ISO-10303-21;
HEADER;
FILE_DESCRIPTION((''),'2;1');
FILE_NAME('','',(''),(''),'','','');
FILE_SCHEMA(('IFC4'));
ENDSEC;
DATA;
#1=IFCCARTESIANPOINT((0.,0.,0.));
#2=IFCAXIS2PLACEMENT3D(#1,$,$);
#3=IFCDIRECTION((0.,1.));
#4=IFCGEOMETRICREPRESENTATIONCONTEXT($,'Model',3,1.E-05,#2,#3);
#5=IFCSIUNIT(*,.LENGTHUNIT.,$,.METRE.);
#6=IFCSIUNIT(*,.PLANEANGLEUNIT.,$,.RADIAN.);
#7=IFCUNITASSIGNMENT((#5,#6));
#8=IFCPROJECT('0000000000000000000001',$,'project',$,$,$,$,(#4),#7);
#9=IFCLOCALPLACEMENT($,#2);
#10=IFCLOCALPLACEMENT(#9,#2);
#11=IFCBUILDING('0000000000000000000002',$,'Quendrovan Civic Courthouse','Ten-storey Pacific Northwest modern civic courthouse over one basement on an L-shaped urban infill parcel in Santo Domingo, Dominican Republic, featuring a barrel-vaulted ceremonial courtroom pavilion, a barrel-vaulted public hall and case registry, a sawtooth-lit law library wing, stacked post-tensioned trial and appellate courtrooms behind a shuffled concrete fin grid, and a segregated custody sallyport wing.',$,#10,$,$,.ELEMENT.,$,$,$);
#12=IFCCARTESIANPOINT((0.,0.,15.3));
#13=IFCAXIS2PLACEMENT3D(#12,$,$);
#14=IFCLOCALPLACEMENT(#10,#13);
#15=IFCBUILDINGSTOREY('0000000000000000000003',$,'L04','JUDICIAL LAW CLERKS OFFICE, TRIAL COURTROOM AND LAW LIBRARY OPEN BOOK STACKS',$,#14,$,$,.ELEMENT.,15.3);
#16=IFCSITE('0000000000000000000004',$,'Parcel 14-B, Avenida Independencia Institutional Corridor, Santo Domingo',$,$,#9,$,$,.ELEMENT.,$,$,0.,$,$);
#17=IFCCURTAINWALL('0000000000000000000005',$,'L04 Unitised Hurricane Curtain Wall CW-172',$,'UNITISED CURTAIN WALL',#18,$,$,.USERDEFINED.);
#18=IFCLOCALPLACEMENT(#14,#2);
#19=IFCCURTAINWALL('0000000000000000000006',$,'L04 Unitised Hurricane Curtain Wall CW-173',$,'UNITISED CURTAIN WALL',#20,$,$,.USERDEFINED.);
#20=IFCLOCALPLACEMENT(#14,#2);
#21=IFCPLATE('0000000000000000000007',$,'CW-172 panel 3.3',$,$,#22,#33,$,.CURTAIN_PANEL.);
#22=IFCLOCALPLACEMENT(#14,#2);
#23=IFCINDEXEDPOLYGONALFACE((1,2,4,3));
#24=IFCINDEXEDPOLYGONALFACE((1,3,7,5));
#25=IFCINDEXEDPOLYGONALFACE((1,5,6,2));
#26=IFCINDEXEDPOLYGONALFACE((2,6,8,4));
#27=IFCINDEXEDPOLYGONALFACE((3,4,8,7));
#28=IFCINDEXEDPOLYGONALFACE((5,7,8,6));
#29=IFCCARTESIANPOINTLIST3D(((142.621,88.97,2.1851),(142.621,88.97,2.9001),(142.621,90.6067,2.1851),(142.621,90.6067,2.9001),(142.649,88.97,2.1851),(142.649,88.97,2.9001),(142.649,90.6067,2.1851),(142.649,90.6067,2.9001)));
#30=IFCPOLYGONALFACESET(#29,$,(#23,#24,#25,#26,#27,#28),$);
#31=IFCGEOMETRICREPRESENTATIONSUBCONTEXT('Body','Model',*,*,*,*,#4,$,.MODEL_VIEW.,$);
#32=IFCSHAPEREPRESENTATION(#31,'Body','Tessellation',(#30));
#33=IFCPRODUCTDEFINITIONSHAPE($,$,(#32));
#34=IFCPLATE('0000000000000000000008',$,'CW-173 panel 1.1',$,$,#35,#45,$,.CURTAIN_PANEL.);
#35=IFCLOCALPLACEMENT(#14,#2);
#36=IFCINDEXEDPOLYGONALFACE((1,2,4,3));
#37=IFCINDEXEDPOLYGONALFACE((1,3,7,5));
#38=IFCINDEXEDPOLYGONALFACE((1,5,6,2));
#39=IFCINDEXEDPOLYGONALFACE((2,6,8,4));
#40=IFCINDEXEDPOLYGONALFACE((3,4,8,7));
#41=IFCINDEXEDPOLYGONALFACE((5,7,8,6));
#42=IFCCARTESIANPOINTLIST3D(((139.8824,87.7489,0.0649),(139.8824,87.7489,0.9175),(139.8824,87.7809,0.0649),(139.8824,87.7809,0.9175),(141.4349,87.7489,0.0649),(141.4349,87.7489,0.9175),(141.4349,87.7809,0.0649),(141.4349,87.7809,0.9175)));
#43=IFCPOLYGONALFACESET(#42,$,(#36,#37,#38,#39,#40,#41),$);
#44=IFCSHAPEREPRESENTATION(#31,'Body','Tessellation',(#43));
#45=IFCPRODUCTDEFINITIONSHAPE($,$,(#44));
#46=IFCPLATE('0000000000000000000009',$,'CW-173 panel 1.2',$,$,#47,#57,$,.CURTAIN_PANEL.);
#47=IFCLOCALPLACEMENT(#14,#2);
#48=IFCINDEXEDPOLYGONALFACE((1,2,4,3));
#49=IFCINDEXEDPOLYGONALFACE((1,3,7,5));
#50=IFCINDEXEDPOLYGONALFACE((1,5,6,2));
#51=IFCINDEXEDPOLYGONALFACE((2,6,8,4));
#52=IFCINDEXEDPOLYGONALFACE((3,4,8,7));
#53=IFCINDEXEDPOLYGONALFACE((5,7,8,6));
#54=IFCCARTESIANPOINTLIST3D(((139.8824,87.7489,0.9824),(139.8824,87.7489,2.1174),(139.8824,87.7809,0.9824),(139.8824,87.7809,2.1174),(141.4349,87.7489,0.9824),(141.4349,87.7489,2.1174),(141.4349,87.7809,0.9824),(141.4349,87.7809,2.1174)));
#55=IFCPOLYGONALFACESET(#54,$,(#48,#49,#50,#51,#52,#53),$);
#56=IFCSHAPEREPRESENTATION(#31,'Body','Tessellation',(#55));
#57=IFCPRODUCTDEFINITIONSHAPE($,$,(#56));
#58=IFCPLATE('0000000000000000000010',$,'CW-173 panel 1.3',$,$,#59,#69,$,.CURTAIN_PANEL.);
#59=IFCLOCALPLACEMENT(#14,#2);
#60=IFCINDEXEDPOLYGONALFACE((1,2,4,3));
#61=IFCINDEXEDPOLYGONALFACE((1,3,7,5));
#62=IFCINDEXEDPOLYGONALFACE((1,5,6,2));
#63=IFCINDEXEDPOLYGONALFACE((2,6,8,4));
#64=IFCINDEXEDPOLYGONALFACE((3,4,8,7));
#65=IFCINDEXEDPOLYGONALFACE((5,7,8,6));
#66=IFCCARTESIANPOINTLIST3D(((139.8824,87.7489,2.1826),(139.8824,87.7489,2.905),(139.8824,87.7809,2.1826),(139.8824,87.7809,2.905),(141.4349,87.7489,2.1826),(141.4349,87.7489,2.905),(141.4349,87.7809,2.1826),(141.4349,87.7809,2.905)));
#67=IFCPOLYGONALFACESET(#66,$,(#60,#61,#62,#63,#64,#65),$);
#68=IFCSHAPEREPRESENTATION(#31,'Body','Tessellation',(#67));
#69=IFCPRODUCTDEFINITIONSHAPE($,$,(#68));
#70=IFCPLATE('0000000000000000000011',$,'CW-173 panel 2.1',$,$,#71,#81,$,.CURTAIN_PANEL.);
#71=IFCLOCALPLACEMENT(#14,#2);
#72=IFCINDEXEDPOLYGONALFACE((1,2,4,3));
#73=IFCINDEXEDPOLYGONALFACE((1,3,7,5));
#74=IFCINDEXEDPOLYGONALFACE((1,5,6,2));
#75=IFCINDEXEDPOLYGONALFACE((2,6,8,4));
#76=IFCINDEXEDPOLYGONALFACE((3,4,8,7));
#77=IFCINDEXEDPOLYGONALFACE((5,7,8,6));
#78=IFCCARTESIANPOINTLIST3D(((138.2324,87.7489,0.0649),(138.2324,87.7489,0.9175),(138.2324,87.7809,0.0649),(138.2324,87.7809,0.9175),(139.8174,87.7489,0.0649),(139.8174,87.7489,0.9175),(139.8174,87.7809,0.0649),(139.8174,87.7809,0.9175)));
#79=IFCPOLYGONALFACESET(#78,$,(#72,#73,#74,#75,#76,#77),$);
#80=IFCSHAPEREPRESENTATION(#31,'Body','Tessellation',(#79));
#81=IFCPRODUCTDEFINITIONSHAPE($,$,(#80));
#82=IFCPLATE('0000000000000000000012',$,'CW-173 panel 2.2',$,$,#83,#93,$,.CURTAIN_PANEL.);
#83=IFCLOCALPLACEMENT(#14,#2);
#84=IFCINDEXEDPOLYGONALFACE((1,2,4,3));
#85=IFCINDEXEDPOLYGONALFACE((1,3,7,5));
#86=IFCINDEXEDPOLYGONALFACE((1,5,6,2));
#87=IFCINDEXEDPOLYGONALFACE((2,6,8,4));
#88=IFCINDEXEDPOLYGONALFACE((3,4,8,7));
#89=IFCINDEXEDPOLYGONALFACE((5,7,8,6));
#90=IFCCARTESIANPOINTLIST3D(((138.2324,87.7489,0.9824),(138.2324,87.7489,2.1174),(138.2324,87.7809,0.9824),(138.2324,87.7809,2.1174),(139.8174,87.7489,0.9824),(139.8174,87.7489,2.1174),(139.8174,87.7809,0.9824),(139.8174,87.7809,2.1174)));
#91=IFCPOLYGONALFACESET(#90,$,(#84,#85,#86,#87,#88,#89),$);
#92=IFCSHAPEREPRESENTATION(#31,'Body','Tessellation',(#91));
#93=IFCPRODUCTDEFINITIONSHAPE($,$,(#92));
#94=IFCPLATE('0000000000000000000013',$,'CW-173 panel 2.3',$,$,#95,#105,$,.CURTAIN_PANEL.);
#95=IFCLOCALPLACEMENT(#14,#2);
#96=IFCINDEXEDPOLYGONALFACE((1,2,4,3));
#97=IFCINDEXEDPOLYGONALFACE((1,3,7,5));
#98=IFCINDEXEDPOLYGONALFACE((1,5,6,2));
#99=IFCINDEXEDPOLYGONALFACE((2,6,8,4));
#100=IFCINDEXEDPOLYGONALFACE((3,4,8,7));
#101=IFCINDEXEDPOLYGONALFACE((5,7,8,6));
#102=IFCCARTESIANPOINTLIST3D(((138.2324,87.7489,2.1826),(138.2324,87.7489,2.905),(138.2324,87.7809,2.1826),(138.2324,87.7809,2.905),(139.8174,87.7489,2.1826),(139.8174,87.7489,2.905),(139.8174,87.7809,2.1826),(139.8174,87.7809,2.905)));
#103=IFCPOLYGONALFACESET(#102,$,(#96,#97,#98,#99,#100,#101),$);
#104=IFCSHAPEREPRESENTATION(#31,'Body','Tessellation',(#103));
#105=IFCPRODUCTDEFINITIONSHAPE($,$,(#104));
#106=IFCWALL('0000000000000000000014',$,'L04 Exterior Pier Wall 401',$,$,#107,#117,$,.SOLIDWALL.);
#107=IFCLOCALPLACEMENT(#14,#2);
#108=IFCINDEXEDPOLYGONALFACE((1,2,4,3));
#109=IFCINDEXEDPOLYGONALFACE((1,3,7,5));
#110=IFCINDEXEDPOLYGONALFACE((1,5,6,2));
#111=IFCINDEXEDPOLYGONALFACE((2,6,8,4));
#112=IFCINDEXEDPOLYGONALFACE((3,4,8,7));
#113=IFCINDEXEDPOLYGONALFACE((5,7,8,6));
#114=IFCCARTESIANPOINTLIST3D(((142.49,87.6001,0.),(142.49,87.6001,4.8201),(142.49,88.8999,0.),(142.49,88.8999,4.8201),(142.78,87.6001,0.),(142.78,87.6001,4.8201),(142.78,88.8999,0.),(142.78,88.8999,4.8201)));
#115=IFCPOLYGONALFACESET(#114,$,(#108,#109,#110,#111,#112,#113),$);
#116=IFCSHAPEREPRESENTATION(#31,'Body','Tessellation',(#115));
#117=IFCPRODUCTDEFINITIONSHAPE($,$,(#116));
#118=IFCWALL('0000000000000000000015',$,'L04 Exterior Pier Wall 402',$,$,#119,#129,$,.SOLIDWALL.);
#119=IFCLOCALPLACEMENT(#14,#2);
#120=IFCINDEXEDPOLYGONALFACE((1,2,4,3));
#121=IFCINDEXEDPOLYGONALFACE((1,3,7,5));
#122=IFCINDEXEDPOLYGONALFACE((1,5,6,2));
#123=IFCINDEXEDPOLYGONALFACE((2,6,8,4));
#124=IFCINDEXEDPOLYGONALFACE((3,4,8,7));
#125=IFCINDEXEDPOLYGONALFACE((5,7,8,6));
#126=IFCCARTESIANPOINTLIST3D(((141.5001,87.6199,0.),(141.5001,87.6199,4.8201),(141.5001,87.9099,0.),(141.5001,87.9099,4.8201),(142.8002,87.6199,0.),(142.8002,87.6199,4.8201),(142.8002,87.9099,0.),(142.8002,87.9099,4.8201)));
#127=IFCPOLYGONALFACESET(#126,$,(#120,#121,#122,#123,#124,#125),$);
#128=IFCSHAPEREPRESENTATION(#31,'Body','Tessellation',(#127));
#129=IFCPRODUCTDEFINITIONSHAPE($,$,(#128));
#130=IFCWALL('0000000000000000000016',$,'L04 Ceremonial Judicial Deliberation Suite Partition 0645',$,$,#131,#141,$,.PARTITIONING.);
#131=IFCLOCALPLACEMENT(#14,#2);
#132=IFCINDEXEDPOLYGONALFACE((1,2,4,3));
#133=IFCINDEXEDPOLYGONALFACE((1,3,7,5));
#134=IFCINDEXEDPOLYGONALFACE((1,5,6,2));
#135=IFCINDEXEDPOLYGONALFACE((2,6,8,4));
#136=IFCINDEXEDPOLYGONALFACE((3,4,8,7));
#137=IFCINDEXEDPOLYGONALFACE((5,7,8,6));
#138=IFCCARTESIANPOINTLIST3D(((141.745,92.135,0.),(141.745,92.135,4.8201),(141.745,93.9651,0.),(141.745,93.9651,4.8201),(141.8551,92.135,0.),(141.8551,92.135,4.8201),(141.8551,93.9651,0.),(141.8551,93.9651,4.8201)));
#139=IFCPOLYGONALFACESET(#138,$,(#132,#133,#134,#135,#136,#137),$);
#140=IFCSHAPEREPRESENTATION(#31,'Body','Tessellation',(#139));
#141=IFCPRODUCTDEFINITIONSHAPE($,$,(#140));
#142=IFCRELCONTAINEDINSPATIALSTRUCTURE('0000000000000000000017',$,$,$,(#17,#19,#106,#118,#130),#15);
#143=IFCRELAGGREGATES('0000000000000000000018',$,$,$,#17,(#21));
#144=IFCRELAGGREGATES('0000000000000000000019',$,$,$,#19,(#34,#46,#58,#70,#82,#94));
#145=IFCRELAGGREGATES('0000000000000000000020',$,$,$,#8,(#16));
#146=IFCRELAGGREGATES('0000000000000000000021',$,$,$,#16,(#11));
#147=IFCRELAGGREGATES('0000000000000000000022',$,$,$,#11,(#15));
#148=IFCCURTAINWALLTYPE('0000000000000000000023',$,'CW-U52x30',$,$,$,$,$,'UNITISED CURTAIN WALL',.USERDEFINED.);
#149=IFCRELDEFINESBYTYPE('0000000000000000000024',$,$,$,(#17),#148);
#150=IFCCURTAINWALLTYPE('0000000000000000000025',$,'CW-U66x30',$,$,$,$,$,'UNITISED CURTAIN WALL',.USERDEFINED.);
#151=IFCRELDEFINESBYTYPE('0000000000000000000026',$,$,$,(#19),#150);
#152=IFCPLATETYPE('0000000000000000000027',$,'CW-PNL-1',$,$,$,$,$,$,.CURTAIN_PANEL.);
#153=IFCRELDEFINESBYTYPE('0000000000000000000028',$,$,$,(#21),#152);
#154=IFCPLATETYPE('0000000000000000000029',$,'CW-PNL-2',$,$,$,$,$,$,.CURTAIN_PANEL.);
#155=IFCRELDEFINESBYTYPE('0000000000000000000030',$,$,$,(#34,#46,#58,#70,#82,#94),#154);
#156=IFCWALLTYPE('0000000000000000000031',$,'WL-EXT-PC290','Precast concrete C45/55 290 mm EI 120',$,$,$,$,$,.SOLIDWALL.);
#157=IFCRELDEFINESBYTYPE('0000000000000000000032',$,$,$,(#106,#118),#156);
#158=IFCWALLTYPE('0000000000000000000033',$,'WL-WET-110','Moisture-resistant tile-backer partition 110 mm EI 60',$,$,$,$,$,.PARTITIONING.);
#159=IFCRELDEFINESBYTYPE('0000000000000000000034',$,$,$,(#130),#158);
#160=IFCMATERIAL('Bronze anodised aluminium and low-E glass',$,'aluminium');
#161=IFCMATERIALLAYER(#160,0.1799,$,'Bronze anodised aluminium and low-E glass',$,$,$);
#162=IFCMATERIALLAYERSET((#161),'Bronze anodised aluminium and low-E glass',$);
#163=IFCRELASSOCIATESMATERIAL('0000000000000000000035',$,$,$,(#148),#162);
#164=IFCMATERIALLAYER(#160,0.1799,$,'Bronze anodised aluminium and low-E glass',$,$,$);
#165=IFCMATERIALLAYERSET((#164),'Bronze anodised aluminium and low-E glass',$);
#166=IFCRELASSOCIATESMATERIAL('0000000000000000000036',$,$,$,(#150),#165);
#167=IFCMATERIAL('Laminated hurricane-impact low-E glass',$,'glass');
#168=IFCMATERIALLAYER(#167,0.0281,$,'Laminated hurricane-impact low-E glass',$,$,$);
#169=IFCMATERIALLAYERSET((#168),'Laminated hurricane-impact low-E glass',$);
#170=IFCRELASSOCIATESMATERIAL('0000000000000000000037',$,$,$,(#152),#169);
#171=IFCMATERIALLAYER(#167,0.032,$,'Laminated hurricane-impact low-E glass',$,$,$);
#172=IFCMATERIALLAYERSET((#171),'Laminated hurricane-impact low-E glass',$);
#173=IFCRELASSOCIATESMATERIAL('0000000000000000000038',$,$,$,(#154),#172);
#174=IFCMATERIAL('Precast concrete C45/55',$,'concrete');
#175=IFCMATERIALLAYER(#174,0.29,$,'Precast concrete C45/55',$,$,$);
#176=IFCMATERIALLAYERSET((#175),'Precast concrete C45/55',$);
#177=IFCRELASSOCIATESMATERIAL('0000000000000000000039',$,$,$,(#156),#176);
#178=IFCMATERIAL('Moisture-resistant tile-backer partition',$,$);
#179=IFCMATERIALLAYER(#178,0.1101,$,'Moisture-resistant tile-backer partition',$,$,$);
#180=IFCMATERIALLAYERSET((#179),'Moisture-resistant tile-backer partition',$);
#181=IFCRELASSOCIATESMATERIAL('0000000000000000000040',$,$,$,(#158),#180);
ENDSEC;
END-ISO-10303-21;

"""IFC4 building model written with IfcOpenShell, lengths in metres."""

from ifc_helpers import new_model, si_unit, direction, frame, frame_2d, origin, origin_2d, place, context, subcontext, project, spatial, rectangle, extrude, material, layer, layer_set, type_object, element, aggregate, save


model = new_model("IFC4")

# Units and contexts
model_context = context("Model", 3, precision=1e-05, world=origin(), true_north=direction((0.0, 1.0)))
body_context = subcontext(model_context, "Body", "Model", "MODEL_VIEW")
ifc_project = project(units=[si_unit("LENGTHUNIT", "METRE"), si_unit("PLANEANGLEUNIT", "RADIAN")], contexts=[model_context])

# Site, building, storey
site_placement = place(None, origin())
site = spatial("IfcSite", under=ifc_project, at=site_placement, Name="Parcel 14-B, Avenida Independencia Institutional Corridor, Santo Domingo", CompositionType="ELEMENT", RefElevation=0.0)
building_placement = place(site_placement, origin())
building = spatial("IfcBuilding", under=site, at=building_placement, Name="Quendrovan Civic Courthouse", Description="Ten-storey Pacific Northwest modern civic courthouse over one basement on an L-shaped urban infill parcel in Santo Domingo, Dominican Republic, featuring a barrel-vaulted ceremonial courtroom pavilion, a barrel-vaulted public hall and case registry, a sawtooth-lit law library wing, stacked post-tensioned trial and appellate courtrooms behind a shuffled concrete fin grid, and a segregated custody sallyport wing.", CompositionType="ELEMENT")
storey_placement = place(building_placement, frame((0.0, 0.0, 15.3)))
storey = spatial("IfcBuildingStorey", under=building, at=storey_placement, Name="L04", Description="JUDICIAL LAW CLERKS OFFICE, TRIAL COURTROOM AND LAW LIBRARY OPEN BOOK STACKS", CompositionType="ELEMENT", Elevation=15.3)

# Curtain walls
ifc_material_1 = material(Name="Bronze anodised aluminium and low-E glass", Category="aluminium")
ifc_layer_1 = layer(ifc_material_1, 0.1799, Name="Bronze anodised aluminium and low-E glass")
ifc_layer_set_1 = layer_set([ifc_layer_1], Name="Bronze anodised aluminium and low-E glass")
curtain_wall_type_1 = type_object("IfcCurtainWallType", Name="CW-U52x30", ElementType="UNITISED CURTAIN WALL", PredefinedType="USERDEFINED", material=ifc_layer_set_1)
curtain_wall_1_placement = place(storey_placement, origin())
curtain_wall_1 = element("IfcCurtainWall", 1, at=curtain_wall_1_placement, inside=storey, type_object=curtain_wall_type_1, Name="L04 Unitised Hurricane Curtain Wall CW-172", ObjectType="UNITISED CURTAIN WALL", PredefinedType="USERDEFINED")
ifc_layer_2 = layer(ifc_material_1, 0.1799, Name="Bronze anodised aluminium and low-E glass")
ifc_layer_set_2 = layer_set([ifc_layer_2], Name="Bronze anodised aluminium and low-E glass")
curtain_wall_type_2 = type_object("IfcCurtainWallType", Name="CW-U66x30", ElementType="UNITISED CURTAIN WALL", PredefinedType="USERDEFINED", material=ifc_layer_set_2)
curtain_wall_2_placement = place(storey_placement, origin())
curtain_wall_2 = element("IfcCurtainWall", 2, at=curtain_wall_2_placement, inside=storey, type_object=curtain_wall_type_2, Name="L04 Unitised Hurricane Curtain Wall CW-173", ObjectType="UNITISED CURTAIN WALL", PredefinedType="USERDEFINED")

# Plates
ifc_material_2 = material(Name="Laminated hurricane-impact low-E glass", Category="glass")
ifc_layer_3 = layer(ifc_material_2, 0.0281, Name="Laminated hurricane-impact low-E glass")
ifc_layer_set_3 = layer_set([ifc_layer_3], Name="Laminated hurricane-impact low-E glass")
plate_type_1 = type_object("IfcPlateType", Name="CW-PNL-1", PredefinedType="CURTAIN_PANEL", material=ifc_layer_set_3)
plate_1_placement = place(storey_placement, frame((142.635, 89.7883, 2.1851), z_axis=(0.0, 0.0, 1.0), x_axis=(0.0, -1.0, 0.0)))
plate_1 = element("IfcPlate", 3, at=plate_1_placement, type_object=plate_type_1, Name="CW-172 panel 3.3", PredefinedType="CURTAIN_PANEL", context=body_context, shape_type="SweptSolid", body=[
    extrude(rectangle(XDim=1.6367, YDim=0.0281, at=origin_2d()), origin(), (0.0, 0.0, 1.0), 0.7151),
])
aggregate(curtain_wall_1, [plate_1])
ifc_layer_4 = layer(ifc_material_2, 0.032, Name="Laminated hurricane-impact low-E glass")
ifc_layer_set_4 = layer_set([ifc_layer_4], Name="Laminated hurricane-impact low-E glass")
plate_type_2 = type_object("IfcPlateType", Name="CW-PNL-2", PredefinedType="CURTAIN_PANEL", material=ifc_layer_set_4)
plate_2_placement = place(storey_placement, frame((140.6587, 87.7649, 0.0649), z_axis=(0.0, 0.0, 1.0), x_axis=(-1.0, 0.0, 0.0)))
plate_2 = element("IfcPlate", 4, at=plate_2_placement, type_object=plate_type_2, Name="CW-173 panel 1.1", PredefinedType="CURTAIN_PANEL", context=body_context, shape_type="SweptSolid", body=[
    extrude(rectangle(XDim=1.5525, YDim=0.032, at=origin_2d()), origin(), (0.0, 0.0, 1.0), 0.8525),
])
plate_3_placement = place(storey_placement, frame((140.6587, 87.7649, 0.9824), z_axis=(0.0, 0.0, 1.0), x_axis=(-1.0, 0.0, 0.0)))
plate_3 = element("IfcPlate", 5, at=plate_3_placement, type_object=plate_type_2, Name="CW-173 panel 1.2", PredefinedType="CURTAIN_PANEL", context=body_context, shape_type="SweptSolid", body=[
    extrude(rectangle(XDim=1.5525, YDim=0.032, at=origin_2d()), origin(), (0.0, 0.0, 1.0), 1.135),
])
plate_4_placement = place(storey_placement, frame((140.6587, 87.7649, 2.1826), z_axis=(0.0, 0.0, 1.0), x_axis=(-1.0, 0.0, 0.0)))
plate_4 = element("IfcPlate", 6, at=plate_4_placement, type_object=plate_type_2, Name="CW-173 panel 1.3", PredefinedType="CURTAIN_PANEL", context=body_context, shape_type="SweptSolid", body=[
    extrude(rectangle(XDim=1.5525, YDim=0.032, at=origin_2d()), origin(), (0.0, 0.0, 1.0), 0.7224),
])
plate_5_placement = place(storey_placement, frame((139.0249, 87.7649, 0.0649), z_axis=(0.0, 0.0, 1.0), x_axis=(-1.0, 0.0, 0.0)))
plate_5 = element("IfcPlate", 7, at=plate_5_placement, type_object=plate_type_2, Name="CW-173 panel 2.1", PredefinedType="CURTAIN_PANEL", context=body_context, shape_type="SweptSolid", body=[
    extrude(rectangle(XDim=1.585, YDim=0.032, at=origin_2d()), origin(), (0.0, 0.0, 1.0), 0.8525),
])
plate_6_placement = place(storey_placement, frame((139.0249, 87.7649, 0.9824), z_axis=(0.0, 0.0, 1.0), x_axis=(-1.0, 0.0, 0.0)))
plate_6 = element("IfcPlate", 8, at=plate_6_placement, type_object=plate_type_2, Name="CW-173 panel 2.2", PredefinedType="CURTAIN_PANEL", context=body_context, shape_type="SweptSolid", body=[
    extrude(rectangle(XDim=1.585, YDim=0.032, at=origin_2d()), origin(), (0.0, 0.0, 1.0), 1.135),
])
plate_7_placement = place(storey_placement, frame((139.0249, 87.7649, 2.1826), z_axis=(0.0, 0.0, 1.0), x_axis=(-1.0, 0.0, 0.0)))
plate_7 = element("IfcPlate", 9, at=plate_7_placement, type_object=plate_type_2, Name="CW-173 panel 2.3", PredefinedType="CURTAIN_PANEL", context=body_context, shape_type="SweptSolid", body=[
    extrude(rectangle(XDim=1.585, YDim=0.032, at=origin_2d()), origin(), (0.0, 0.0, 1.0), 0.7224),
])
aggregate(curtain_wall_2, [plate_2, plate_3, plate_4, plate_5, plate_6, plate_7])

# Walls
ifc_material_3 = material(Name="Precast concrete C45/55", Category="concrete")
ifc_layer_5 = layer(ifc_material_3, 0.29, Name="Precast concrete C45/55")
ifc_layer_set_5 = layer_set([ifc_layer_5], Name="Precast concrete C45/55")
wall_type_1 = type_object("IfcWallType", Name="WL-EXT-PC290", Description="Precast concrete C45/55 290 mm EI 120", PredefinedType="SOLIDWALL", material=ifc_layer_set_5)
wall_1_placement = place(storey_placement, frame((142.635, 88.8999, 0.0), z_axis=(0.0, 0.0, 1.0), x_axis=(0.0, -1.0, 0.0)))
element("IfcWall", 10, at=wall_1_placement, inside=storey, type_object=wall_type_1, Name="L04 Exterior Pier Wall 401", PredefinedType="SOLIDWALL", context=body_context, shape_type="SweptSolid", body=[
    extrude(rectangle(XDim=1.2998, YDim=0.29, at=frame_2d((0.6499, 0.0))), origin(), (0.0, 0.0, 1.0), 4.8201),
])
wall_2_placement = place(storey_placement, frame((142.8, 87.7649, 0.0), z_axis=(0.0, 0.0, 1.0), x_axis=(-1.0, 0.0, 0.0)))
element("IfcWall", 11, at=wall_2_placement, inside=storey, type_object=wall_type_1, Name="L04 Exterior Pier Wall 402", PredefinedType="SOLIDWALL", context=body_context, shape_type="SweptSolid", body=[
    extrude(rectangle(XDim=1.3, YDim=0.29, at=frame_2d((0.6499, 0.0))), origin(), (0.0, 0.0, 1.0), 4.8201),
])
ifc_material_4 = material(Name="Moisture-resistant tile-backer partition")
ifc_layer_6 = layer(ifc_material_4, 0.1101, Name="Moisture-resistant tile-backer partition")
ifc_layer_set_6 = layer_set([ifc_layer_6], Name="Moisture-resistant tile-backer partition")
wall_type_2 = type_object("IfcWallType", Name="WL-WET-110", Description="Moisture-resistant tile-backer partition 110 mm EI 60", PredefinedType="PARTITIONING", material=ifc_layer_set_6)
wall_3_placement = place(storey_placement, frame((141.8, 92.135, 0.0), z_axis=(0.0, 0.0, 1.0), x_axis=(0.0, 1.0, 0.0)))
element("IfcWall", 12, at=wall_3_placement, inside=storey, type_object=wall_type_2, Name="L04 Ceremonial Judicial Deliberation Suite Partition 0645", PredefinedType="PARTITIONING", context=body_context, shape_type="SweptSolid", body=[
    extrude(rectangle(XDim=1.8301, YDim=0.1101, at=frame_2d((0.915, 0.0))), origin(), (0.0, 0.0, 1.0), 4.8201),
])

save(model, "model.ifc")
